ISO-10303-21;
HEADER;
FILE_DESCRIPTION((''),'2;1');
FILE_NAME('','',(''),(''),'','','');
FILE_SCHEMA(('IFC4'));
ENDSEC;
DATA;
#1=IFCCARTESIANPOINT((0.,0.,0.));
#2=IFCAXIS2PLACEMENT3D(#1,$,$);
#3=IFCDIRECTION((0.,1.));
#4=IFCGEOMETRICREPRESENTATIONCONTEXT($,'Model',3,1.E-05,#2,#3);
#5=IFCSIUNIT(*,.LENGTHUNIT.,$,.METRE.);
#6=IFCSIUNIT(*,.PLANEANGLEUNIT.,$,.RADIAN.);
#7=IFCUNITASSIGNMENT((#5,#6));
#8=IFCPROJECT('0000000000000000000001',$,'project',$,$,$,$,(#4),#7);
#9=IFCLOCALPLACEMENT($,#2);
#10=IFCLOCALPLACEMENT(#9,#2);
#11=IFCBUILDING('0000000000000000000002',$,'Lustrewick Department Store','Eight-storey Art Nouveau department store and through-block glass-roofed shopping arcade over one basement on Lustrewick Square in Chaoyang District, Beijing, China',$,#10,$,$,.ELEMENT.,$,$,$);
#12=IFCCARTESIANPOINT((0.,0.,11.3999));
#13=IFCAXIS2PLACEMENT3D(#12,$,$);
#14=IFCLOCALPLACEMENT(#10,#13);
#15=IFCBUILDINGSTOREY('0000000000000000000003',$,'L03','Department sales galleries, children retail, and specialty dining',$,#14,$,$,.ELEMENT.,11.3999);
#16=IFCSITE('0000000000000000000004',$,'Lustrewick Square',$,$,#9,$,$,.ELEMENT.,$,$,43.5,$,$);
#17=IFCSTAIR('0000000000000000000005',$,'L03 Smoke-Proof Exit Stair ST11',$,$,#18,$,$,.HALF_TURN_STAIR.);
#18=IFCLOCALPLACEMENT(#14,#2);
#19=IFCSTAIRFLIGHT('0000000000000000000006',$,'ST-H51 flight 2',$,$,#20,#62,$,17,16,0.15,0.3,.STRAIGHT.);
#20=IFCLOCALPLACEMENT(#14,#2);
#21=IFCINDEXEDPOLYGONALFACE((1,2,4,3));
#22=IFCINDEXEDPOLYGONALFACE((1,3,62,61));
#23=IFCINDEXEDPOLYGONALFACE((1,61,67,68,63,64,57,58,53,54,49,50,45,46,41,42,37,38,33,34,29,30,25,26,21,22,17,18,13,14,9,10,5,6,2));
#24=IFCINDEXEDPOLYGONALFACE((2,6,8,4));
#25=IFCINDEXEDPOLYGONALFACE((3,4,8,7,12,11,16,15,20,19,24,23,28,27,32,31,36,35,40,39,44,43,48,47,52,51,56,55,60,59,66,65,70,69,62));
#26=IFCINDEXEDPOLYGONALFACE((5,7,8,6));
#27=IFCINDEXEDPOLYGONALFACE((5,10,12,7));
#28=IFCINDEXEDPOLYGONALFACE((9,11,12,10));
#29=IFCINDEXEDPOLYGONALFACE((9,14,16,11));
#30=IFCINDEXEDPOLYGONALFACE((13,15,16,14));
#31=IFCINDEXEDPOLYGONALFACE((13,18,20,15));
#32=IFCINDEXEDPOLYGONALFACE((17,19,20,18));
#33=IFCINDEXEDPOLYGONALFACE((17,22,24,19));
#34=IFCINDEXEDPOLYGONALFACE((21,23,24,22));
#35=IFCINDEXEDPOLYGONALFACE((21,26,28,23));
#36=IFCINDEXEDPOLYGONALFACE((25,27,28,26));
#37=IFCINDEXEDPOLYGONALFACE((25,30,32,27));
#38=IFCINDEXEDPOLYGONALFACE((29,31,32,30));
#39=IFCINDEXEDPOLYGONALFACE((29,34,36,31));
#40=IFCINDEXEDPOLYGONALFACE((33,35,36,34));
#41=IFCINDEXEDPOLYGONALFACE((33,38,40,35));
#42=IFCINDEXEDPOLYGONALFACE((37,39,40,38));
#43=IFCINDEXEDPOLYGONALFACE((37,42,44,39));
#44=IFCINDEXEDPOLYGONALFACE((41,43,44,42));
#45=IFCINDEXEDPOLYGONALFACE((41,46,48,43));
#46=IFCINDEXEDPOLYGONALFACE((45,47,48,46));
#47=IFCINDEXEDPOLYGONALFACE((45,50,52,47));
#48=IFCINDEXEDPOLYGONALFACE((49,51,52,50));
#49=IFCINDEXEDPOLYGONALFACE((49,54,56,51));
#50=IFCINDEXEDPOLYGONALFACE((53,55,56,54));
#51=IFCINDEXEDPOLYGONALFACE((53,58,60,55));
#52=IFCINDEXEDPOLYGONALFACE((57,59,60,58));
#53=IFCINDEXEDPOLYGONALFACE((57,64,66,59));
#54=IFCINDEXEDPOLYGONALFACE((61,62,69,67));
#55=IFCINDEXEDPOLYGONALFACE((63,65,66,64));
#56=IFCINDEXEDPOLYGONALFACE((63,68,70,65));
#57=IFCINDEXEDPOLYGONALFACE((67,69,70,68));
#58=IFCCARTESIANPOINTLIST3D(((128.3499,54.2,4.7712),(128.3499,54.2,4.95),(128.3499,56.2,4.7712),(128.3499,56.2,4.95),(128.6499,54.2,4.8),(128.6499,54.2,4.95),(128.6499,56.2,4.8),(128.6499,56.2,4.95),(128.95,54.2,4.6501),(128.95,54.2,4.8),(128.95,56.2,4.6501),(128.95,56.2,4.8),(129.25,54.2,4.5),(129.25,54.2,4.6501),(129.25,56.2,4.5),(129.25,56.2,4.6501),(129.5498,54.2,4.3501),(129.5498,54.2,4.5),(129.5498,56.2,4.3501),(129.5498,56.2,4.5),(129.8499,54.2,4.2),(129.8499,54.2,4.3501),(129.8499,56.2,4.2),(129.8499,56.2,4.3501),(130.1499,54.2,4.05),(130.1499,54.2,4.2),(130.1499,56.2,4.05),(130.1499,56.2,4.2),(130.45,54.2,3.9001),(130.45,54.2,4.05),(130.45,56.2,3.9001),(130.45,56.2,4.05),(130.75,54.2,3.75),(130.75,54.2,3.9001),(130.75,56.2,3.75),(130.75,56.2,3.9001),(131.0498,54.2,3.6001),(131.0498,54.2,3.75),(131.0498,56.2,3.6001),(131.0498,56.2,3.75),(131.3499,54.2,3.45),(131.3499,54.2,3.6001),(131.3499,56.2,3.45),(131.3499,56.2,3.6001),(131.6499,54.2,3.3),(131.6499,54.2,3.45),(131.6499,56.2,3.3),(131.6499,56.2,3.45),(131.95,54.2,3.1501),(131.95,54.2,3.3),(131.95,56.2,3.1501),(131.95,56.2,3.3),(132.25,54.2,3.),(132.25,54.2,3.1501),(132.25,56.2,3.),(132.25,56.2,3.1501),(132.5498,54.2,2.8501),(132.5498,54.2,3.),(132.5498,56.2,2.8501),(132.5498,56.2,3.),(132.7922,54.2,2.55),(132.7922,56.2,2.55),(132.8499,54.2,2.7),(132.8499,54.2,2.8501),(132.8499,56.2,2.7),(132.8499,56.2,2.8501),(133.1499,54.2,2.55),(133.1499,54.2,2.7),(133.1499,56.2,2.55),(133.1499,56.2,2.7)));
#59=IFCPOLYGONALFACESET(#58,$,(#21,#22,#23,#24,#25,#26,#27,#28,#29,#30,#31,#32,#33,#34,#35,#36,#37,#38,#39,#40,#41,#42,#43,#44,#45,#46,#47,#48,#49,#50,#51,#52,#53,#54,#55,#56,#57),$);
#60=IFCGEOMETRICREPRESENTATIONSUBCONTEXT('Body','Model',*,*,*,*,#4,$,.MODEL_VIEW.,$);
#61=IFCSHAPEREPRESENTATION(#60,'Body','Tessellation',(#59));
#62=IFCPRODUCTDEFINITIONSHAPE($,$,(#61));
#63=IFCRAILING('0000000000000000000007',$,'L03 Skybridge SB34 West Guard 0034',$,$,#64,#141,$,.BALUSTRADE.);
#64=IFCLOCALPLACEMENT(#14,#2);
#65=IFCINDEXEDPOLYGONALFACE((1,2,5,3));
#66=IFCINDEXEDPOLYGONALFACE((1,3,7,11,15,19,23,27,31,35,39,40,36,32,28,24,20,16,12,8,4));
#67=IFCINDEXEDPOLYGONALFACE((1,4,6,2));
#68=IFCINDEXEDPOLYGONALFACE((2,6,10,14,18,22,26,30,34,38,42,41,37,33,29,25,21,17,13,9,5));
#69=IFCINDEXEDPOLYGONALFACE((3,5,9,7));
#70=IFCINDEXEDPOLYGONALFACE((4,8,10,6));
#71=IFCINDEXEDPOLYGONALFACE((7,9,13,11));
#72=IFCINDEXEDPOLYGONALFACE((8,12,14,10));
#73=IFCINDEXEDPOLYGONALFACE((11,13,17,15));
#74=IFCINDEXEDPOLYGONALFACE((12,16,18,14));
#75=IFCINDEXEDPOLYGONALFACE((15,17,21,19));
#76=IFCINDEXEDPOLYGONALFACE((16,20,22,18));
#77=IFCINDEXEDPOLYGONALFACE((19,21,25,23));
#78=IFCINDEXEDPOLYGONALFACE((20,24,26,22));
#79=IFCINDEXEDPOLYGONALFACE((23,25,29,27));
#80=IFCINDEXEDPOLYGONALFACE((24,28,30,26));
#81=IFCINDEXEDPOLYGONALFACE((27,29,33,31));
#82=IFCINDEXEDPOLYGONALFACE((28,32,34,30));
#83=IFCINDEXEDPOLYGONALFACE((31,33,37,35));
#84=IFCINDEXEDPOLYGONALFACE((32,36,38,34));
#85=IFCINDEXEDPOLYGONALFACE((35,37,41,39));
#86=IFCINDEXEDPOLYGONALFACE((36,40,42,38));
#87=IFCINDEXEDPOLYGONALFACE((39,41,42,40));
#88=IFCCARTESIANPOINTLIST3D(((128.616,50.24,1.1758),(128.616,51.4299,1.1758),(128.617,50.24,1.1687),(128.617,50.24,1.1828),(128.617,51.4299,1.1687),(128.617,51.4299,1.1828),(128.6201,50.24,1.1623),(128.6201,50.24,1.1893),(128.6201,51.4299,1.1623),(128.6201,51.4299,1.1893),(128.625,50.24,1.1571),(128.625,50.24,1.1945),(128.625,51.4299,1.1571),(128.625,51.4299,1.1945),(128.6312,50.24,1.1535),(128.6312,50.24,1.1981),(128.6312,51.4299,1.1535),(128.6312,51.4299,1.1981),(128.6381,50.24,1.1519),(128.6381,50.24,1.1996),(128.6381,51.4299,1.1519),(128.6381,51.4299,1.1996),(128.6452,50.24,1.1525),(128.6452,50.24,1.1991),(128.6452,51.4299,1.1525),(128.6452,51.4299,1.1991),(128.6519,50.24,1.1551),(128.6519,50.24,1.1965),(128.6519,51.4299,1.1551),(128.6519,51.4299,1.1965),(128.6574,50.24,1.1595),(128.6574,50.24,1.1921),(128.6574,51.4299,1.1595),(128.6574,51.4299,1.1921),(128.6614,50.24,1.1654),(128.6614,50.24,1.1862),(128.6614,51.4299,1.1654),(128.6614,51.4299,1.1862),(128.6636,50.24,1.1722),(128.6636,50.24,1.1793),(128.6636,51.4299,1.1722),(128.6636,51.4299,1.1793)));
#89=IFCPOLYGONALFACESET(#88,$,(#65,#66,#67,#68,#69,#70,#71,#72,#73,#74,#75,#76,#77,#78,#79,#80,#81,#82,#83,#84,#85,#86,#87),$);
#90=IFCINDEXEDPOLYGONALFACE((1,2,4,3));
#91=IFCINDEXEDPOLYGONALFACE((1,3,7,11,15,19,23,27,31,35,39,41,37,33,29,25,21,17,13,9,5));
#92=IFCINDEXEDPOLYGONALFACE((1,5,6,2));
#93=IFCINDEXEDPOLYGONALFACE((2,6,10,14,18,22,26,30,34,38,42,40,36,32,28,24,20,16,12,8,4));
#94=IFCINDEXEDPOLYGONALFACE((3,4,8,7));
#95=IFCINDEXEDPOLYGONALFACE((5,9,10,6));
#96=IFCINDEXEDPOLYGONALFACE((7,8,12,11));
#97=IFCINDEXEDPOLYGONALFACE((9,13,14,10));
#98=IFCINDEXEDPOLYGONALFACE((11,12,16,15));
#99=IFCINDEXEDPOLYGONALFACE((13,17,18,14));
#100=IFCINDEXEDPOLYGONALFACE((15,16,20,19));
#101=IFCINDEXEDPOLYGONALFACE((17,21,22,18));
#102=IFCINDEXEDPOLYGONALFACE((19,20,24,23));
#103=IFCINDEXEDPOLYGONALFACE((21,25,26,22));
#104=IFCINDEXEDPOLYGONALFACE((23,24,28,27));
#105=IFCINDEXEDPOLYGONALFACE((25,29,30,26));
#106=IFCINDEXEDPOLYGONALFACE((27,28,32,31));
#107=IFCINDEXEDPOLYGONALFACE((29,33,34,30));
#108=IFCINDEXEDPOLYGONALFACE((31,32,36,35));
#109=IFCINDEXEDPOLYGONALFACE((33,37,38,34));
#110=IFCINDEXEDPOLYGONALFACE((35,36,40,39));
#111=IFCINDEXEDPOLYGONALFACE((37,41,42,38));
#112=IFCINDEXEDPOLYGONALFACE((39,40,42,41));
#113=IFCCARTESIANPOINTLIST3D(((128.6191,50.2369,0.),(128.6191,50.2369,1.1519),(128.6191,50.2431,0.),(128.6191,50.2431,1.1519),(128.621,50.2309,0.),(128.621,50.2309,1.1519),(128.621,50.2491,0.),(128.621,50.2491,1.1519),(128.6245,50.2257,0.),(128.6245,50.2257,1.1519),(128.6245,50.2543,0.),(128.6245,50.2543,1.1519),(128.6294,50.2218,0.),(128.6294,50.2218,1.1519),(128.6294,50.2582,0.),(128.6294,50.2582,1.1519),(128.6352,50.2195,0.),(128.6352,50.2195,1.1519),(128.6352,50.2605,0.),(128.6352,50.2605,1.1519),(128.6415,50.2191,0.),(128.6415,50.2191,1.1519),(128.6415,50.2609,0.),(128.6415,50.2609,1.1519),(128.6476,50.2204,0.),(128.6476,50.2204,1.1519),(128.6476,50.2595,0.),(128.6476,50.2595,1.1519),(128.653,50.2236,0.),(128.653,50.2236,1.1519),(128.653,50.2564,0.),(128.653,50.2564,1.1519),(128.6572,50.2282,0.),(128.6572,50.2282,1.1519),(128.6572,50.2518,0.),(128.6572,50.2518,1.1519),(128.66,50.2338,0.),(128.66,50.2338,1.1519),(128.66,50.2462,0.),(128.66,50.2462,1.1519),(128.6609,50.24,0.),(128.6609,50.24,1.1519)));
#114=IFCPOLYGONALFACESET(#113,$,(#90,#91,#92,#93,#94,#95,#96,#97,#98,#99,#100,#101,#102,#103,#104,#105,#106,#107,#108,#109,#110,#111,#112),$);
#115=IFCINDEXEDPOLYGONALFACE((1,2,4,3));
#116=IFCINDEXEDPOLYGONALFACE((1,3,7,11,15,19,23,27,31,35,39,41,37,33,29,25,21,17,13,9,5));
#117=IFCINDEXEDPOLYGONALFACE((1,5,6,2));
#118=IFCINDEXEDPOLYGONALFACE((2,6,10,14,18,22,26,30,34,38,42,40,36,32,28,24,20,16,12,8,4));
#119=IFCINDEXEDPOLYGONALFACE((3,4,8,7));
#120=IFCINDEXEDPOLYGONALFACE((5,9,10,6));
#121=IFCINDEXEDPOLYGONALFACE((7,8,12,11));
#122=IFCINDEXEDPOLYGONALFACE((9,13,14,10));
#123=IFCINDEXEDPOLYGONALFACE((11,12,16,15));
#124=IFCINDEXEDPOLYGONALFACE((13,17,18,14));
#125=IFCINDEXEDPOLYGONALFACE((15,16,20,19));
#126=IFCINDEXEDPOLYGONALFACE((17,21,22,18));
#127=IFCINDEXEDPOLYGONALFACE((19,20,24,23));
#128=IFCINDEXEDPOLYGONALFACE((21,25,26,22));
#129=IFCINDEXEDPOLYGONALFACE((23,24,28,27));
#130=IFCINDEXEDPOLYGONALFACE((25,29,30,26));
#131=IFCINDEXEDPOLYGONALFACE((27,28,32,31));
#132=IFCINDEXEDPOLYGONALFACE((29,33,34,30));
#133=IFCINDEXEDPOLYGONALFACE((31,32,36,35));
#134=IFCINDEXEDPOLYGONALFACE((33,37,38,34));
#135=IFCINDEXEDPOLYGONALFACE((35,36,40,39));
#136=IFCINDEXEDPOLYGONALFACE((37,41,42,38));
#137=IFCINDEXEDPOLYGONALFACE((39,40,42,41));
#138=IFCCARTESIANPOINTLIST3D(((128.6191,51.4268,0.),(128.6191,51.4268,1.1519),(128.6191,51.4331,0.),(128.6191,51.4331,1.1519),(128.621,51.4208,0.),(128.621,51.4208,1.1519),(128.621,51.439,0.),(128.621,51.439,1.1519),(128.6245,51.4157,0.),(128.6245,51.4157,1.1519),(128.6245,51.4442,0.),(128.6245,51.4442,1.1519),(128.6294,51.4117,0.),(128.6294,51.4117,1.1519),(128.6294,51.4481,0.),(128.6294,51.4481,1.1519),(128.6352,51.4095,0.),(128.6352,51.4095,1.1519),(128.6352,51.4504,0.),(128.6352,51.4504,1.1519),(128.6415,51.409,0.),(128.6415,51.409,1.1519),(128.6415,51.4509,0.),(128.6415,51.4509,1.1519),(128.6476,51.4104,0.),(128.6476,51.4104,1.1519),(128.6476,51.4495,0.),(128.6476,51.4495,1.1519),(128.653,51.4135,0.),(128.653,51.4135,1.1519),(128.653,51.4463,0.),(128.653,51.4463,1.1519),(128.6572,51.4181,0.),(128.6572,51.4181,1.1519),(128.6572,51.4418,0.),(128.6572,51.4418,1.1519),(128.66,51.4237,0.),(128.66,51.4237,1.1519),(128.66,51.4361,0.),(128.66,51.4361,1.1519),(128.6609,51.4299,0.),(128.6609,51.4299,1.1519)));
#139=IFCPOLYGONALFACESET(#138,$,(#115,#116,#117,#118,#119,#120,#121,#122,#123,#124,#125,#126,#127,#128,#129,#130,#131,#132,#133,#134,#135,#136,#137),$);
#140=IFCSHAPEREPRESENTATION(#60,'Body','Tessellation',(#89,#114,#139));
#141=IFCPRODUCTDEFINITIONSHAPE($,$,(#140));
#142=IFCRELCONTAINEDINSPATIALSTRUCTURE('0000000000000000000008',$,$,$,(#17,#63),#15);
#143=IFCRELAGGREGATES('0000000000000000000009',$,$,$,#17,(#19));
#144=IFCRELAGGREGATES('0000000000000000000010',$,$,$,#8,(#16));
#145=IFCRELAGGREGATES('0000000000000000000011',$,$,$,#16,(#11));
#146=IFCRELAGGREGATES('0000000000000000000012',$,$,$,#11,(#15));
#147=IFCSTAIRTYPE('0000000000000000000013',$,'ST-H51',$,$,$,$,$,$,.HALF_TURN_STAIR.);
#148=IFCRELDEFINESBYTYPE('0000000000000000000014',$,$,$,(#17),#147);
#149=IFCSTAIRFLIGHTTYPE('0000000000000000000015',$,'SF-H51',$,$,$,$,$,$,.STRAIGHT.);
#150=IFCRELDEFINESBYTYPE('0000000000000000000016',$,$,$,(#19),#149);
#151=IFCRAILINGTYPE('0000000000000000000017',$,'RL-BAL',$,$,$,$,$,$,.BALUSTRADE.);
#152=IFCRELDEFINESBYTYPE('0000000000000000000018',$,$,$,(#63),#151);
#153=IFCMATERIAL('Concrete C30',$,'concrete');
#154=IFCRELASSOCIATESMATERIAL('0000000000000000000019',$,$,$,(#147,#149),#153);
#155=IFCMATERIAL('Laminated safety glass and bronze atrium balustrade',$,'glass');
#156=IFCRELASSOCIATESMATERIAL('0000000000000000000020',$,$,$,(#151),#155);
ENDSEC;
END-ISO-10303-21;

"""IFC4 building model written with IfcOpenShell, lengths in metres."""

from ifc_helpers import new_model, si_unit, direction, frame, origin, origin_2d, place, context, subcontext, project, spatial, polyline, circle, outline, extrude, material, type_object, element, aggregate, save


model = new_model("IFC4")

# Units and contexts
model_context = context("Model", 3, precision=1e-05, world=origin(), true_north=direction((0.0, 1.0)))
body_context = subcontext(model_context, "Body", "Model", "MODEL_VIEW")
ifc_project = project(units=[si_unit("LENGTHUNIT", "METRE"), si_unit("PLANEANGLEUNIT", "RADIAN")], contexts=[model_context])

# Site, building, storey
site_placement = place(None, origin())
site = spatial("IfcSite", under=ifc_project, at=site_placement, Name="Lustrewick Square", CompositionType="ELEMENT", RefElevation=43.5)
building_placement = place(site_placement, origin())
building = spatial("IfcBuilding", under=site, at=building_placement, Name="Lustrewick Department Store", Description="Eight-storey Art Nouveau department store and through-block glass-roofed shopping arcade over one basement on Lustrewick Square in Chaoyang District, Beijing, China", CompositionType="ELEMENT")
storey_placement = place(building_placement, frame((0.0, 0.0, 11.3999)))
storey = spatial("IfcBuildingStorey", under=building, at=storey_placement, Name="L03", Description="Department sales galleries, children retail, and specialty dining", CompositionType="ELEMENT", Elevation=11.3999)

# Stair, stair flight
ifc_material_1 = material(Name="Concrete C30", Category="concrete")
stair_type = type_object("IfcStairType", Name="ST-H51", PredefinedType="HALF_TURN_STAIR", material=ifc_material_1)
stair_placement = place(storey_placement, origin())
stair = element("IfcStair", 1, at=stair_placement, inside=storey, type_object=stair_type, Name="L03 Smoke-Proof Exit Stair ST11", PredefinedType="HALF_TURN_STAIR")
stair_flight_type = type_object("IfcStairFlightType", Name="SF-H51", PredefinedType="STRAIGHT", material=ifc_material_1)
stair_flight_1_placement = place(storey_placement, frame((133.1499, 55.2, 2.55), z_axis=(0.0, 0.0, 1.0), x_axis=(-1.0, 0.0, 0.0)))
stair_flight_1 = element("IfcStairFlight", 2, at=stair_flight_1_placement, type_object=stair_flight_type, Name="ST-H51 flight 2", NumberOfRisers=17, NumberOfTreads=16, PredefinedType="STRAIGHT", RiserHeight=0.15, TreadLength=0.3, context=body_context, shape_type="SweptSolid", body=[
    extrude(outline(polyline([(0.0, 0.0), (0.0, 0.1499), (0.3, 0.1499), (0.3, 0.3), (0.6001, 0.3), (0.6001, 0.45), (0.8999, 0.45), (0.8999, 0.6001), (1.2, 0.6001), (1.2, 0.75), (1.5, 0.75), (1.5, 0.8999), (1.8, 0.8999), (1.8, 1.05), (2.1001, 1.05), (2.1001, 1.2), (2.3999, 1.2), (2.3999, 1.3501), (2.7, 1.3501), (2.7, 1.5), (3.0, 1.5), (3.0, 1.6499), (3.3, 1.6499), (3.3, 1.8), (3.6001, 1.8), (3.6001, 1.95), (3.8999, 1.95), (3.8999, 2.1001), (4.2, 2.1001), (4.2, 2.25), (4.5, 2.25), (4.5, 2.3999), (4.8, 2.3999), (4.8, 2.55), (4.8, 2.2212), (0.3577, 0.0), (0.0, 0.0)])), frame((0.0, 1.0, 0.0), z_axis=(0.0, -1.0, 0.0), x_axis=(1.0, 0.0, 0.0)), (0.0, 0.0, 1.0), 2.0),
])
aggregate(stair, [stair_flight_1])

# Railing
ifc_material_2 = material(Name="Laminated safety glass and bronze atrium balustrade", Category="glass")
railing_type_1 = type_object("IfcRailingType", Name="RL-BAL", PredefinedType="BALUSTRADE", material=ifc_material_2)
for number, where, name in (
    (3, (128.6399, 50.24, 0.0), "L03 Skybridge SB34 West Guard 0034"),
):
    element("IfcRailing", number, at=place(storey_placement, frame(where)), inside=storey, type_object=railing_type_1, Name=name, PredefinedType="BALUSTRADE", context=body_context, shape_type="SweptSolid", body=[
        extrude(circle(Radius=0.0239, at=origin_2d()), frame((0.0, 0.0, 1.1758), z_axis=(0.0, 1.0, 0.0), x_axis=(-1.0, 0.0, 0.0)), (0.0, 0.0, 1.0), 1.1899),
        extrude(circle(Radius=0.021, at=origin_2d()), origin(), (0.0, 0.0, 1.0), 1.1519),
        extrude(circle(Radius=0.021, at=origin_2d()), frame((0.0, 1.1899, 0.0)), (0.0, 0.0, 1.0), 1.1519),
    ])

save(model, "model.ifc")
